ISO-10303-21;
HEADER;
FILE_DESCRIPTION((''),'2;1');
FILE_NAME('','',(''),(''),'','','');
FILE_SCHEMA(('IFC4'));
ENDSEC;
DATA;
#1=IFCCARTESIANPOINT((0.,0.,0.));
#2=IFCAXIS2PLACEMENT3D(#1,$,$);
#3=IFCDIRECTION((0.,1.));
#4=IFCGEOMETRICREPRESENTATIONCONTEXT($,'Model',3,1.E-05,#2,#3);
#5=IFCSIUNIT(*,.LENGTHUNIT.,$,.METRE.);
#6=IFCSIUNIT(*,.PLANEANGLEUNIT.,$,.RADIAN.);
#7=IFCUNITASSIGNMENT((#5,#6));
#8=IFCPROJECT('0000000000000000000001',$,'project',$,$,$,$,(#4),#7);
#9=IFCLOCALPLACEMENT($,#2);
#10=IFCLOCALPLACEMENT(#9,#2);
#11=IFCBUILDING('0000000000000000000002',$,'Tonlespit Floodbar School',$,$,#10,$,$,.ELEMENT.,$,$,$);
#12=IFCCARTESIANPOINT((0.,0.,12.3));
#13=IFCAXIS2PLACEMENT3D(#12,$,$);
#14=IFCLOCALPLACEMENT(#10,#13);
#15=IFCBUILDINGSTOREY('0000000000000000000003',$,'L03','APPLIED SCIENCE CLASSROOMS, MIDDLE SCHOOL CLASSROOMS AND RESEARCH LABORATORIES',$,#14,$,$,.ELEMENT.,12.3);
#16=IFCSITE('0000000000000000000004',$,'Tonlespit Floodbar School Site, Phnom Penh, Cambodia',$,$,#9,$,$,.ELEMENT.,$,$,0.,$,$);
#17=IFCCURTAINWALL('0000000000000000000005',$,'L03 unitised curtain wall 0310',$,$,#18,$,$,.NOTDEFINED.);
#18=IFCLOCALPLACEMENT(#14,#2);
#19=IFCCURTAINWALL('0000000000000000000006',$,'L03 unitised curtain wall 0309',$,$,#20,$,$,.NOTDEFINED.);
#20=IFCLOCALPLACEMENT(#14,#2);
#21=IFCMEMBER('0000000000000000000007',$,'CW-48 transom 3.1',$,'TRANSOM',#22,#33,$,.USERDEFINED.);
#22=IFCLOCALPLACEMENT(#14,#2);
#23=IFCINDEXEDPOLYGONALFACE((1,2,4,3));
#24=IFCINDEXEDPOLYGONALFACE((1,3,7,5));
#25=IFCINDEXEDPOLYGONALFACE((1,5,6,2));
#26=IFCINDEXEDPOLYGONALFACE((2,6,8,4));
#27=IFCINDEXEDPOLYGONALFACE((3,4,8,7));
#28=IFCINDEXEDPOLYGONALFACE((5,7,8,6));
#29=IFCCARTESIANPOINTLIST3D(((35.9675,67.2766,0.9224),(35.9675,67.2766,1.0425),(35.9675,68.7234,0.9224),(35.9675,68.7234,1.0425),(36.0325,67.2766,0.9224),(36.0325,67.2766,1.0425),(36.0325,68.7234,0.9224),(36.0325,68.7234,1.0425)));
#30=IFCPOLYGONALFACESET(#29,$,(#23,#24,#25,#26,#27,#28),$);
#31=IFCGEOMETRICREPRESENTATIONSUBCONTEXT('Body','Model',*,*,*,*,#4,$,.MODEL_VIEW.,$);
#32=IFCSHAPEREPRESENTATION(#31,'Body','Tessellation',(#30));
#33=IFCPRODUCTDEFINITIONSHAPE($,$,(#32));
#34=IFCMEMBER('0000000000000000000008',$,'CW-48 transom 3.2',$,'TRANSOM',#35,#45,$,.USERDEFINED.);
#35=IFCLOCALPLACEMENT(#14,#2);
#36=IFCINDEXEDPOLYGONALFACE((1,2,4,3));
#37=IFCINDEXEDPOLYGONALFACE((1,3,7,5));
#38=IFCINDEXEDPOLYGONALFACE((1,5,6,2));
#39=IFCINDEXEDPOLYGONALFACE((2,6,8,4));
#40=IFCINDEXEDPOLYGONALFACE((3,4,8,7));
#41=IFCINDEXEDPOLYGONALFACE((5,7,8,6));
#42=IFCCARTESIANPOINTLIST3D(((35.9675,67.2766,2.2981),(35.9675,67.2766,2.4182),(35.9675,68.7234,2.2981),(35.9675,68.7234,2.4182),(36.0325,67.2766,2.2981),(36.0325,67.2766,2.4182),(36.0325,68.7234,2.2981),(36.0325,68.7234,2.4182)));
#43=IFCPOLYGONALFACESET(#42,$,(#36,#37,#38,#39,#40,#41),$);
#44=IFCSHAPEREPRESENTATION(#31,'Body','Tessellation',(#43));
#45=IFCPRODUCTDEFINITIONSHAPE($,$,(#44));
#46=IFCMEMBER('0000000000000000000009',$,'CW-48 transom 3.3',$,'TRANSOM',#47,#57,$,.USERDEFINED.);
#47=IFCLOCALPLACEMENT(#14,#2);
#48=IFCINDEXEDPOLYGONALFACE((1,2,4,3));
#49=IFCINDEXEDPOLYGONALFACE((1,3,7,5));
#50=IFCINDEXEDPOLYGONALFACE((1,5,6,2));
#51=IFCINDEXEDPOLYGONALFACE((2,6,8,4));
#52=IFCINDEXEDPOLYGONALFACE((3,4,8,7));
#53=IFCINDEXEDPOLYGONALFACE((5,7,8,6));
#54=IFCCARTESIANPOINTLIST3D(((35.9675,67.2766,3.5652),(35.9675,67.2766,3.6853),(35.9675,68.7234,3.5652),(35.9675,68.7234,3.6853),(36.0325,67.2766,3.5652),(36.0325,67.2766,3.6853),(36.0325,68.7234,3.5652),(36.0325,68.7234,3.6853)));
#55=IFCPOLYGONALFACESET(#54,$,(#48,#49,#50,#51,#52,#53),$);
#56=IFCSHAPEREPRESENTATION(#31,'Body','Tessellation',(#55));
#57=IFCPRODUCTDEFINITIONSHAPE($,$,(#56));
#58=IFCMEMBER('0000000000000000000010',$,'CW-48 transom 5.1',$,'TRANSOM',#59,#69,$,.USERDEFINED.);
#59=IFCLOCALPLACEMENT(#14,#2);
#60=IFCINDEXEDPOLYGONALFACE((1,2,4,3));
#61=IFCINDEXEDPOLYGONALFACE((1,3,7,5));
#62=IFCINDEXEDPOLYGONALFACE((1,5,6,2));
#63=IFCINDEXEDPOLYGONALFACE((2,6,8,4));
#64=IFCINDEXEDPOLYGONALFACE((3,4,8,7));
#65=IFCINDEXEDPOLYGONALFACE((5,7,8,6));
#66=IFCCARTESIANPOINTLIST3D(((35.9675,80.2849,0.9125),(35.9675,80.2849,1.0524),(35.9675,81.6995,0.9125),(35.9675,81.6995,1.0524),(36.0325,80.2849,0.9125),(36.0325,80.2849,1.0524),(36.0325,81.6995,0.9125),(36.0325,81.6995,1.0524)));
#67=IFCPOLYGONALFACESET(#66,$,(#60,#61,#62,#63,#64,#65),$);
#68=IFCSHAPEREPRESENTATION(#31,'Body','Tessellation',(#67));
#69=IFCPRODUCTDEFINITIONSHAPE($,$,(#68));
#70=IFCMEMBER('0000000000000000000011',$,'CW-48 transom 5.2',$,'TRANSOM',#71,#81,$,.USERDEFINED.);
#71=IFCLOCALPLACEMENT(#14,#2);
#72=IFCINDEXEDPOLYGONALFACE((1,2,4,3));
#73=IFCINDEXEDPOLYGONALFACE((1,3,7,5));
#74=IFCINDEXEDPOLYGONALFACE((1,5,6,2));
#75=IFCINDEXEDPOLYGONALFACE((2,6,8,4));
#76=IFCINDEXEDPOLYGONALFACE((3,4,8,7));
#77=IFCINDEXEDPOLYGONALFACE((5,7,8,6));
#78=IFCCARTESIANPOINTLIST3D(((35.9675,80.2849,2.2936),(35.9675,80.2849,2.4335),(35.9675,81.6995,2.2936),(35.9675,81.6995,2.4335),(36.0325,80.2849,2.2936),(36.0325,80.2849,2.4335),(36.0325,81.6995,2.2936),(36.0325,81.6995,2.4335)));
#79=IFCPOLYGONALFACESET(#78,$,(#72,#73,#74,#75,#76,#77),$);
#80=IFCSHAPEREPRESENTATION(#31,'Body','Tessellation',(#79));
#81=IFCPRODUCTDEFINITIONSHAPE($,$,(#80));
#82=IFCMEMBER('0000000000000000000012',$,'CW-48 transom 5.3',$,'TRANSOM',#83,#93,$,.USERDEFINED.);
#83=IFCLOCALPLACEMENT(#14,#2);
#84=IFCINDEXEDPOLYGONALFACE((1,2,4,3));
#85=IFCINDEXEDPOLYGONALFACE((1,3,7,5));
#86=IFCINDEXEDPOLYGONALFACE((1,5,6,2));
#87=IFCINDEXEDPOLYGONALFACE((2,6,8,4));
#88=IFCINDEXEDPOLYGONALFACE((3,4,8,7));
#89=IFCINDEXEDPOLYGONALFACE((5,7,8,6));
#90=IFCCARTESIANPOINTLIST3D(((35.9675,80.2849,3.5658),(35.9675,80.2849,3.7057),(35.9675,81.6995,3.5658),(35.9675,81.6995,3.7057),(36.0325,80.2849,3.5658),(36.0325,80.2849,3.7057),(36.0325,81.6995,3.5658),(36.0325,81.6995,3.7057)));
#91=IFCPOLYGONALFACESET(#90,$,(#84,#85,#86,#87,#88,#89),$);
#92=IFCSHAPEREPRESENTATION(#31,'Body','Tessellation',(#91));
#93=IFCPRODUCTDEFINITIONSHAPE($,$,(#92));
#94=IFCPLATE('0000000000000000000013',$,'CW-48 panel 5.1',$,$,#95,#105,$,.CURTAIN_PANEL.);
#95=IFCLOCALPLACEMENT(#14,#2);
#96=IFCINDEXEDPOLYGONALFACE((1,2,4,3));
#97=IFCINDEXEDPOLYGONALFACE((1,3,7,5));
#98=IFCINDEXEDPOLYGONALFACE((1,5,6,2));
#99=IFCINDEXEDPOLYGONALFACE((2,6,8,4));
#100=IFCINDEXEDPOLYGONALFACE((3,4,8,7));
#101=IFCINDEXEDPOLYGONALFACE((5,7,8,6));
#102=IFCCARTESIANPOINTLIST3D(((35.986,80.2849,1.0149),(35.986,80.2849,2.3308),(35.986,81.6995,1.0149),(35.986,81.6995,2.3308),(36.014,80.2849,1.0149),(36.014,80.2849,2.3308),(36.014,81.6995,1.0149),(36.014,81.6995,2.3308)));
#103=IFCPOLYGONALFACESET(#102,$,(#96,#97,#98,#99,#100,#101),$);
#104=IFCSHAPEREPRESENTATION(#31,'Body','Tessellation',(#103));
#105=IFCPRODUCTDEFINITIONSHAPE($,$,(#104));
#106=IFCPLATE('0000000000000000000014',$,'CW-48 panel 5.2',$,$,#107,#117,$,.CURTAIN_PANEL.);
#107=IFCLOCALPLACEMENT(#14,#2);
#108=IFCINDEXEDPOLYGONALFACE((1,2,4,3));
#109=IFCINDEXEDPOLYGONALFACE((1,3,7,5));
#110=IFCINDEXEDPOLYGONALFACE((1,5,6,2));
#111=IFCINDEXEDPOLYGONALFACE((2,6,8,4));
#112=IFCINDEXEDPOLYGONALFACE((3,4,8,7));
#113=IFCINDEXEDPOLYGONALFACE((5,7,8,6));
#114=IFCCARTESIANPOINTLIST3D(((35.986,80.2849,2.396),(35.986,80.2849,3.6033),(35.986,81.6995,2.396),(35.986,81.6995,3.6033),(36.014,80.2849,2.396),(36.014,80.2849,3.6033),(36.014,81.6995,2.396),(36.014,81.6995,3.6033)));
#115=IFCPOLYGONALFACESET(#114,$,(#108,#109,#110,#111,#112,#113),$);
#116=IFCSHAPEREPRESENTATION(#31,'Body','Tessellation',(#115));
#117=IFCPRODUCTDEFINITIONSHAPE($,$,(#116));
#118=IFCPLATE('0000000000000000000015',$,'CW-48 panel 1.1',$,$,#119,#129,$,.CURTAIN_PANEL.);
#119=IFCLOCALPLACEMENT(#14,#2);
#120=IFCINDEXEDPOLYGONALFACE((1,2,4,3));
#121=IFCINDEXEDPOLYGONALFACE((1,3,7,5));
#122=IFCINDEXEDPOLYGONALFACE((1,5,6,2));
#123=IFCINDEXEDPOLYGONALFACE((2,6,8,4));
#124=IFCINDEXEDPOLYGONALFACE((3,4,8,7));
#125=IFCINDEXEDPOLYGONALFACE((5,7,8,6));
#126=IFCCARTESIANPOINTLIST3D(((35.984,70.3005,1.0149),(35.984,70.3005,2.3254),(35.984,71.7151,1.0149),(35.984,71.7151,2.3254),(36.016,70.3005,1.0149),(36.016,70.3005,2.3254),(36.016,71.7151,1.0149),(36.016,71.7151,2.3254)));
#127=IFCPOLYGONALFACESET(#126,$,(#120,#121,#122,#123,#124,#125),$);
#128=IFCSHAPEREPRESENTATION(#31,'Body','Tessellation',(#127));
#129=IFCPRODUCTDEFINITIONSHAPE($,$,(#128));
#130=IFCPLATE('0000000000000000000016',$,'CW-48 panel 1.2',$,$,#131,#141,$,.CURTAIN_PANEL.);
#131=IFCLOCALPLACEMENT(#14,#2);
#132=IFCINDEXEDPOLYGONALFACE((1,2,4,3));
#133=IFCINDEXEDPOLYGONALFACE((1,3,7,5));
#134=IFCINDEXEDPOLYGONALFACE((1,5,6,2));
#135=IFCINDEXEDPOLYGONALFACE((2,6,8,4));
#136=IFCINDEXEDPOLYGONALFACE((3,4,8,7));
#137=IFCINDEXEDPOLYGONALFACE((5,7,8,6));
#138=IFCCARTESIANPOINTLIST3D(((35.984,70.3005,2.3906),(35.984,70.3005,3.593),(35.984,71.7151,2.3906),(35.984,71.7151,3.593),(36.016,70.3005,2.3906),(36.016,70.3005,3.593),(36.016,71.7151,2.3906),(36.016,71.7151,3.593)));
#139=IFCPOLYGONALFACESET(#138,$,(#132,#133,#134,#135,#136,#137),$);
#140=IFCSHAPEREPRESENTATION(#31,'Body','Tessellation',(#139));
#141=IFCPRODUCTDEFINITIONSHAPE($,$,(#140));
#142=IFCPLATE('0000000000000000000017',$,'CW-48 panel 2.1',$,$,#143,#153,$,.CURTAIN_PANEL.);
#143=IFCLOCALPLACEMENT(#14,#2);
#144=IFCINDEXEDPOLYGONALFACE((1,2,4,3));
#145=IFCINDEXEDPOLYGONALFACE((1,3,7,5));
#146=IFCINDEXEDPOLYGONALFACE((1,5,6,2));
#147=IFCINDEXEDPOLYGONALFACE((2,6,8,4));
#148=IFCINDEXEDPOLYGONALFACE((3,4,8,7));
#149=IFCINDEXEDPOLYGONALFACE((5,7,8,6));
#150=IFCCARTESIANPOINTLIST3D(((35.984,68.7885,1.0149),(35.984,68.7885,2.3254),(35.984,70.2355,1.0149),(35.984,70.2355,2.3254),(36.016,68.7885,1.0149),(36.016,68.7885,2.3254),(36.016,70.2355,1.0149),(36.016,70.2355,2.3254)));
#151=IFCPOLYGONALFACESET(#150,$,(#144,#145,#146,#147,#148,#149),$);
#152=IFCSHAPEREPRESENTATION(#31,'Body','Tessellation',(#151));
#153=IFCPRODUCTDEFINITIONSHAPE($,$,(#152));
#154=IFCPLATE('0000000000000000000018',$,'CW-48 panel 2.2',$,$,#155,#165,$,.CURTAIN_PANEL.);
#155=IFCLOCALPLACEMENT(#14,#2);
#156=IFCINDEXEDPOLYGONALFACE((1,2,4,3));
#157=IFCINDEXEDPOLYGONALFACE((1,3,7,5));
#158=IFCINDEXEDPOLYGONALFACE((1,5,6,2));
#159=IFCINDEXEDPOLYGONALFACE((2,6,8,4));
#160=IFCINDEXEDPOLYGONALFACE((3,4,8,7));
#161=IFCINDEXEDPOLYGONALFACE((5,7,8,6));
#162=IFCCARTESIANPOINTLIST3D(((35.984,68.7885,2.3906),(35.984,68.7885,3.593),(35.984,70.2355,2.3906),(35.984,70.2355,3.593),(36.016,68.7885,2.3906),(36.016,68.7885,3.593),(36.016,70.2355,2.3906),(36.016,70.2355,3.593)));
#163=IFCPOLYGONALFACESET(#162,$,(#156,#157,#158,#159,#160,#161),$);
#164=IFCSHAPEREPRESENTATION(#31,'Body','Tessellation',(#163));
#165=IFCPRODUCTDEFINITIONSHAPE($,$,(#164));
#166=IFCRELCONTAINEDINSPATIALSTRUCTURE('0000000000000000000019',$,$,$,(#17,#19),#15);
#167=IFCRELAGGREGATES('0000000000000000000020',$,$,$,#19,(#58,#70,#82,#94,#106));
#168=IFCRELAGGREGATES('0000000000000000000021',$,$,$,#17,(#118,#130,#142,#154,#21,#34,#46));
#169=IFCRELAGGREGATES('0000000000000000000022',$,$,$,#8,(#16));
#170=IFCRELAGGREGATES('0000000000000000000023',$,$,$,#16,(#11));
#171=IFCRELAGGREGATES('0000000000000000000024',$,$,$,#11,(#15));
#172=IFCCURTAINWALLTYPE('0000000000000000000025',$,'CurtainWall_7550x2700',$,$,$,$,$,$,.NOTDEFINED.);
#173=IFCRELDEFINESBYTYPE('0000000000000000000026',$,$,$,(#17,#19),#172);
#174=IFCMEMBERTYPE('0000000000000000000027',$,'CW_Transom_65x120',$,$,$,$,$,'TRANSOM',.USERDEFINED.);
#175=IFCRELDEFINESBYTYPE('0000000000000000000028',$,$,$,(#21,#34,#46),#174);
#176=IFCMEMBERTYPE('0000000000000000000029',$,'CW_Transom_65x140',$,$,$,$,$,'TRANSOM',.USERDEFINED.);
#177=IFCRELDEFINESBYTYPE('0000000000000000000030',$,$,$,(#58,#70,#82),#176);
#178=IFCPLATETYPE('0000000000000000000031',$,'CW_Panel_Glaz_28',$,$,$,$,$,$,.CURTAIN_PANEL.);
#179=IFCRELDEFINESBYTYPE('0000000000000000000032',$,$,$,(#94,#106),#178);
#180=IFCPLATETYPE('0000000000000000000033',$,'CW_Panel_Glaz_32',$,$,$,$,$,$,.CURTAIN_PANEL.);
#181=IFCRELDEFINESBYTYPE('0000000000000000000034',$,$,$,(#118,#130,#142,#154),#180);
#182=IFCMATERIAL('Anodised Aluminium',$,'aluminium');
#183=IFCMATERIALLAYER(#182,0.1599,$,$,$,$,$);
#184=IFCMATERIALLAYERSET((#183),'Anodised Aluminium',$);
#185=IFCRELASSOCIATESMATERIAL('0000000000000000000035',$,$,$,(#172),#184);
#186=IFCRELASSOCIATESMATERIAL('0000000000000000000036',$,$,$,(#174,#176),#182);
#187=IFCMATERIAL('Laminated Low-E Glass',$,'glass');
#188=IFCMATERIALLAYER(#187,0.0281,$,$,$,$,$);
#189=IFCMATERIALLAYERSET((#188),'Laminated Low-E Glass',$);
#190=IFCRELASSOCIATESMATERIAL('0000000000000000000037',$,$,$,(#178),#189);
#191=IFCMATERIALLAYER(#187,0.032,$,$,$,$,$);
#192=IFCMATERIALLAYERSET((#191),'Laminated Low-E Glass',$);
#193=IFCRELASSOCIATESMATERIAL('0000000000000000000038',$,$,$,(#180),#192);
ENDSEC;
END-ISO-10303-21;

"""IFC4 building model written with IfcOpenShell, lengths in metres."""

from ifc_helpers import new_model, si_unit, direction, frame, origin, origin_2d, place, context, subcontext, project, spatial, rectangle, extrude, material, layer, layer_set, material_profile, profile_set, type_object, element, aggregate, save


model = new_model("IFC4")

# Units and contexts
model_context = context("Model", 3, precision=1e-05, world=origin(), true_north=direction((0.0, 1.0)))
body_context = subcontext(model_context, "Body", "Model", "MODEL_VIEW")
ifc_project = project(units=[si_unit("LENGTHUNIT", "METRE"), si_unit("PLANEANGLEUNIT", "RADIAN")], contexts=[model_context])

# Site, building, storey
site_placement = place(None, origin())
site = spatial("IfcSite", under=ifc_project, at=site_placement, Name="Tonlespit Floodbar School Site, Phnom Penh, Cambodia", CompositionType="ELEMENT", RefElevation=0.0)
building_placement = place(site_placement, origin())
building = spatial("IfcBuilding", under=site, at=building_placement, Name="Tonlespit Floodbar School", CompositionType="ELEMENT")
storey_placement = place(building_placement, frame((0.0, 0.0, 12.3)))
storey = spatial("IfcBuildingStorey", under=building, at=storey_placement, Name="L03", Description="APPLIED SCIENCE CLASSROOMS, MIDDLE SCHOOL CLASSROOMS AND RESEARCH LABORATORIES", CompositionType="ELEMENT", Elevation=12.3)

# Curtain wall
ifc_material_1 = material(Name="Anodised Aluminium", Category="aluminium")
ifc_layer_1 = layer(ifc_material_1, 0.1599)
ifc_layer_set_1 = layer_set([ifc_layer_1], Name="Anodised Aluminium")
curtain_wall_type = type_object("IfcCurtainWallType", Name="CurtainWall_7550x2700", PredefinedType="NOTDEFINED", material=ifc_layer_set_1)
curtain_wall_1_placement = place(storey_placement, origin())
curtain_wall_1 = element("IfcCurtainWall", 1, at=curtain_wall_1_placement, inside=storey, type_object=curtain_wall_type, Name="L03 unitised curtain wall 0310", PredefinedType="NOTDEFINED")

# Curtain wall
curtain_wall_2_placement = place(storey_placement, origin())
curtain_wall_2 = element("IfcCurtainWall", 2, at=curtain_wall_2_placement, inside=storey, type_object=curtain_wall_type, Name="L03 unitised curtain wall 0309", PredefinedType="NOTDEFINED")

# Members
ifc_material_profile_1 = material_profile(ifc_material_1, rectangle(XDim=0.0649, YDim=0.1201, at=origin_2d()), Name="ALU T65x120")
ifc_profile_set_1 = profile_set([ifc_material_profile_1], Name="Anodised Aluminium")
member_type_1 = type_object("IfcMemberType", Name="CW_Transom_65x120", ElementType="TRANSOM", PredefinedType="USERDEFINED", material=ifc_profile_set_1)
member_1_placement = place(storey_placement, frame((36.0, 68.7234, 0.9824), z_axis=(0.0, -1.0, 0.0), x_axis=(1.0, 0.0, 0.0)))
member_1 = element("IfcMember", 3, at=member_1_placement, type_object=member_type_1, Name="CW-48 transom 3.1", ObjectType="TRANSOM", PredefinedType="USERDEFINED", context=body_context, shape_type="SweptSolid", body=[
    extrude(rectangle(XDim=0.0649, YDim=0.1201, at=origin_2d()), origin(), (0.0, 0.0, 1.0), 1.4468),
])
member_2_placement = place(storey_placement, frame((36.0, 68.7234, 2.3582), z_axis=(0.0, -1.0, 0.0), x_axis=(1.0, 0.0, 0.0)))
member_2 = element("IfcMember", 4, at=member_2_placement, type_object=member_type_1, Name="CW-48 transom 3.2", ObjectType="TRANSOM", PredefinedType="USERDEFINED", context=body_context, shape_type="SweptSolid", body=[
    extrude(rectangle(XDim=0.0649, YDim=0.1201, at=origin_2d()), origin(), (0.0, 0.0, 1.0), 1.4468),
])
member_3_placement = place(storey_placement, frame((36.0, 68.7234, 3.6252), z_axis=(0.0, -1.0, 0.0), x_axis=(1.0, 0.0, 0.0)))
member_3 = element("IfcMember", 5, at=member_3_placement, type_object=member_type_1, Name="CW-48 transom 3.3", ObjectType="TRANSOM", PredefinedType="USERDEFINED", context=body_context, shape_type="SweptSolid", body=[
    extrude(rectangle(XDim=0.0649, YDim=0.1201, at=origin_2d()), origin(), (0.0, 0.0, 1.0), 1.4468),
])
ifc_material_profile_2 = material_profile(ifc_material_1, rectangle(XDim=0.0649, YDim=0.1399, at=origin_2d()), Name="ALU T65x140")
ifc_profile_set_2 = profile_set([ifc_material_profile_2], Name="Anodised Aluminium")
member_type_2 = type_object("IfcMemberType", Name="CW_Transom_65x140", ElementType="TRANSOM", PredefinedType="USERDEFINED", material=ifc_profile_set_2)
member_4_placement = place(storey_placement, frame((36.0, 81.6995, 0.9824), z_axis=(0.0, -1.0, 0.0), x_axis=(1.0, 0.0, 0.0)))
member_4 = element("IfcMember", 6, at=member_4_placement, type_object=member_type_2, Name="CW-48 transom 5.1", ObjectType="TRANSOM", PredefinedType="USERDEFINED", context=body_context, shape_type="SweptSolid", body=[
    extrude(rectangle(XDim=0.0649, YDim=0.1399, at=origin_2d()), origin(), (0.0, 0.0, 1.0), 1.4146),
])
member_5_placement = place(storey_placement, frame((36.0, 81.6995, 2.3635), z_axis=(0.0, -1.0, 0.0), x_axis=(1.0, 0.0, 0.0)))
member_5 = element("IfcMember", 7, at=member_5_placement, type_object=member_type_2, Name="CW-48 transom 5.2", ObjectType="TRANSOM", PredefinedType="USERDEFINED", context=body_context, shape_type="SweptSolid", body=[
    extrude(rectangle(XDim=0.0649, YDim=0.1399, at=origin_2d()), origin(), (0.0, 0.0, 1.0), 1.4146),
])
member_6_placement = place(storey_placement, frame((36.0, 81.6995, 3.6357), z_axis=(0.0, -1.0, 0.0), x_axis=(1.0, 0.0, 0.0)))
member_6 = element("IfcMember", 8, at=member_6_placement, type_object=member_type_2, Name="CW-48 transom 5.3", ObjectType="TRANSOM", PredefinedType="USERDEFINED", context=body_context, shape_type="SweptSolid", body=[
    extrude(rectangle(XDim=0.0649, YDim=0.1399, at=origin_2d()), origin(), (0.0, 0.0, 1.0), 1.4146),
])

# Plates
ifc_material_2 = material(Name="Laminated Low-E Glass", Category="glass")
ifc_layer_2 = layer(ifc_material_2, 0.0281)
ifc_layer_set_2 = layer_set([ifc_layer_2], Name="Laminated Low-E Glass")
plate_type_1 = type_object("IfcPlateType", Name="CW_Panel_Glaz_28", PredefinedType="CURTAIN_PANEL", material=ifc_layer_set_2)
plate_1_placement = place(storey_placement, frame((36.0, 80.9922, 1.0149), z_axis=(0.0, 0.0, 1.0), x_axis=(0.0, -1.0, 0.0)))
plate_1 = element("IfcPlate", 9, at=plate_1_placement, type_object=plate_type_1, Name="CW-48 panel 5.1", PredefinedType="CURTAIN_PANEL", context=body_context, shape_type="SweptSolid", body=[
    extrude(rectangle(XDim=1.4146, YDim=0.0281, at=origin_2d()), origin(), (0.0, 0.0, 1.0), 1.3159),
])
plate_2_placement = place(storey_placement, frame((36.0, 80.9922, 2.396), z_axis=(0.0, 0.0, 1.0), x_axis=(0.0, -1.0, 0.0)))
plate_2 = element("IfcPlate", 10, at=plate_2_placement, type_object=plate_type_1, Name="CW-48 panel 5.2", PredefinedType="CURTAIN_PANEL", context=body_context, shape_type="SweptSolid", body=[
    extrude(rectangle(XDim=1.4146, YDim=0.0281, at=origin_2d()), origin(), (0.0, 0.0, 1.0), 1.2073),
])
aggregate(curtain_wall_2, [member_4, member_5, member_6, plate_1, plate_2])
ifc_layer_3 = layer(ifc_material_2, 0.032)
ifc_layer_set_3 = layer_set([ifc_layer_3], Name="Laminated Low-E Glass")
plate_type_2 = type_object("IfcPlateType", Name="CW_Panel_Glaz_32", PredefinedType="CURTAIN_PANEL", material=ifc_layer_set_3)
plate_3_placement = place(storey_placement, frame((36.0, 71.0078, 1.0149), z_axis=(0.0, 0.0, 1.0), x_axis=(0.0, -1.0, 0.0)))
plate_3 = element("IfcPlate", 11, at=plate_3_placement, type_object=plate_type_2, Name="CW-48 panel 1.1", PredefinedType="CURTAIN_PANEL", context=body_context, shape_type="SweptSolid", body=[
    extrude(rectangle(XDim=1.4146, YDim=0.032, at=origin_2d()), origin(), (0.0, 0.0, 1.0), 1.3105),
])
plate_4_placement = place(storey_placement, frame((36.0, 71.0078, 2.3906), z_axis=(0.0, 0.0, 1.0), x_axis=(0.0, -1.0, 0.0)))
plate_4 = element("IfcPlate", 12, at=plate_4_placement, type_object=plate_type_2, Name="CW-48 panel 1.2", PredefinedType="CURTAIN_PANEL", context=body_context, shape_type="SweptSolid", body=[
    extrude(rectangle(XDim=1.4146, YDim=0.032, at=origin_2d()), origin(), (0.0, 0.0, 1.0), 1.2024),
])
plate_5_placement = place(storey_placement, frame((36.0, 69.512, 1.0149), z_axis=(0.0, 0.0, 1.0), x_axis=(0.0, -1.0, 0.0)))
plate_5 = element("IfcPlate", 13, at=plate_5_placement, type_object=plate_type_2, Name="CW-48 panel 2.1", PredefinedType="CURTAIN_PANEL", context=body_context, shape_type="SweptSolid", body=[
    extrude(rectangle(XDim=1.447, YDim=0.032, at=origin_2d()), origin(), (0.0, 0.0, 1.0), 1.3105),
])
plate_6_placement = place(storey_placement, frame((36.0, 69.512, 2.3906), z_axis=(0.0, 0.0, 1.0), x_axis=(0.0, -1.0, 0.0)))
plate_6 = element("IfcPlate", 14, at=plate_6_placement, type_object=plate_type_2, Name="CW-48 panel 2.2", PredefinedType="CURTAIN_PANEL", context=body_context, shape_type="SweptSolid", body=[
    extrude(rectangle(XDim=1.447, YDim=0.032, at=origin_2d()), origin(), (0.0, 0.0, 1.0), 1.2024),
])
aggregate(curtain_wall_1, [plate_3, plate_4, plate_5, plate_6, member_1, member_2, member_3])

save(model, "model.ifc")
